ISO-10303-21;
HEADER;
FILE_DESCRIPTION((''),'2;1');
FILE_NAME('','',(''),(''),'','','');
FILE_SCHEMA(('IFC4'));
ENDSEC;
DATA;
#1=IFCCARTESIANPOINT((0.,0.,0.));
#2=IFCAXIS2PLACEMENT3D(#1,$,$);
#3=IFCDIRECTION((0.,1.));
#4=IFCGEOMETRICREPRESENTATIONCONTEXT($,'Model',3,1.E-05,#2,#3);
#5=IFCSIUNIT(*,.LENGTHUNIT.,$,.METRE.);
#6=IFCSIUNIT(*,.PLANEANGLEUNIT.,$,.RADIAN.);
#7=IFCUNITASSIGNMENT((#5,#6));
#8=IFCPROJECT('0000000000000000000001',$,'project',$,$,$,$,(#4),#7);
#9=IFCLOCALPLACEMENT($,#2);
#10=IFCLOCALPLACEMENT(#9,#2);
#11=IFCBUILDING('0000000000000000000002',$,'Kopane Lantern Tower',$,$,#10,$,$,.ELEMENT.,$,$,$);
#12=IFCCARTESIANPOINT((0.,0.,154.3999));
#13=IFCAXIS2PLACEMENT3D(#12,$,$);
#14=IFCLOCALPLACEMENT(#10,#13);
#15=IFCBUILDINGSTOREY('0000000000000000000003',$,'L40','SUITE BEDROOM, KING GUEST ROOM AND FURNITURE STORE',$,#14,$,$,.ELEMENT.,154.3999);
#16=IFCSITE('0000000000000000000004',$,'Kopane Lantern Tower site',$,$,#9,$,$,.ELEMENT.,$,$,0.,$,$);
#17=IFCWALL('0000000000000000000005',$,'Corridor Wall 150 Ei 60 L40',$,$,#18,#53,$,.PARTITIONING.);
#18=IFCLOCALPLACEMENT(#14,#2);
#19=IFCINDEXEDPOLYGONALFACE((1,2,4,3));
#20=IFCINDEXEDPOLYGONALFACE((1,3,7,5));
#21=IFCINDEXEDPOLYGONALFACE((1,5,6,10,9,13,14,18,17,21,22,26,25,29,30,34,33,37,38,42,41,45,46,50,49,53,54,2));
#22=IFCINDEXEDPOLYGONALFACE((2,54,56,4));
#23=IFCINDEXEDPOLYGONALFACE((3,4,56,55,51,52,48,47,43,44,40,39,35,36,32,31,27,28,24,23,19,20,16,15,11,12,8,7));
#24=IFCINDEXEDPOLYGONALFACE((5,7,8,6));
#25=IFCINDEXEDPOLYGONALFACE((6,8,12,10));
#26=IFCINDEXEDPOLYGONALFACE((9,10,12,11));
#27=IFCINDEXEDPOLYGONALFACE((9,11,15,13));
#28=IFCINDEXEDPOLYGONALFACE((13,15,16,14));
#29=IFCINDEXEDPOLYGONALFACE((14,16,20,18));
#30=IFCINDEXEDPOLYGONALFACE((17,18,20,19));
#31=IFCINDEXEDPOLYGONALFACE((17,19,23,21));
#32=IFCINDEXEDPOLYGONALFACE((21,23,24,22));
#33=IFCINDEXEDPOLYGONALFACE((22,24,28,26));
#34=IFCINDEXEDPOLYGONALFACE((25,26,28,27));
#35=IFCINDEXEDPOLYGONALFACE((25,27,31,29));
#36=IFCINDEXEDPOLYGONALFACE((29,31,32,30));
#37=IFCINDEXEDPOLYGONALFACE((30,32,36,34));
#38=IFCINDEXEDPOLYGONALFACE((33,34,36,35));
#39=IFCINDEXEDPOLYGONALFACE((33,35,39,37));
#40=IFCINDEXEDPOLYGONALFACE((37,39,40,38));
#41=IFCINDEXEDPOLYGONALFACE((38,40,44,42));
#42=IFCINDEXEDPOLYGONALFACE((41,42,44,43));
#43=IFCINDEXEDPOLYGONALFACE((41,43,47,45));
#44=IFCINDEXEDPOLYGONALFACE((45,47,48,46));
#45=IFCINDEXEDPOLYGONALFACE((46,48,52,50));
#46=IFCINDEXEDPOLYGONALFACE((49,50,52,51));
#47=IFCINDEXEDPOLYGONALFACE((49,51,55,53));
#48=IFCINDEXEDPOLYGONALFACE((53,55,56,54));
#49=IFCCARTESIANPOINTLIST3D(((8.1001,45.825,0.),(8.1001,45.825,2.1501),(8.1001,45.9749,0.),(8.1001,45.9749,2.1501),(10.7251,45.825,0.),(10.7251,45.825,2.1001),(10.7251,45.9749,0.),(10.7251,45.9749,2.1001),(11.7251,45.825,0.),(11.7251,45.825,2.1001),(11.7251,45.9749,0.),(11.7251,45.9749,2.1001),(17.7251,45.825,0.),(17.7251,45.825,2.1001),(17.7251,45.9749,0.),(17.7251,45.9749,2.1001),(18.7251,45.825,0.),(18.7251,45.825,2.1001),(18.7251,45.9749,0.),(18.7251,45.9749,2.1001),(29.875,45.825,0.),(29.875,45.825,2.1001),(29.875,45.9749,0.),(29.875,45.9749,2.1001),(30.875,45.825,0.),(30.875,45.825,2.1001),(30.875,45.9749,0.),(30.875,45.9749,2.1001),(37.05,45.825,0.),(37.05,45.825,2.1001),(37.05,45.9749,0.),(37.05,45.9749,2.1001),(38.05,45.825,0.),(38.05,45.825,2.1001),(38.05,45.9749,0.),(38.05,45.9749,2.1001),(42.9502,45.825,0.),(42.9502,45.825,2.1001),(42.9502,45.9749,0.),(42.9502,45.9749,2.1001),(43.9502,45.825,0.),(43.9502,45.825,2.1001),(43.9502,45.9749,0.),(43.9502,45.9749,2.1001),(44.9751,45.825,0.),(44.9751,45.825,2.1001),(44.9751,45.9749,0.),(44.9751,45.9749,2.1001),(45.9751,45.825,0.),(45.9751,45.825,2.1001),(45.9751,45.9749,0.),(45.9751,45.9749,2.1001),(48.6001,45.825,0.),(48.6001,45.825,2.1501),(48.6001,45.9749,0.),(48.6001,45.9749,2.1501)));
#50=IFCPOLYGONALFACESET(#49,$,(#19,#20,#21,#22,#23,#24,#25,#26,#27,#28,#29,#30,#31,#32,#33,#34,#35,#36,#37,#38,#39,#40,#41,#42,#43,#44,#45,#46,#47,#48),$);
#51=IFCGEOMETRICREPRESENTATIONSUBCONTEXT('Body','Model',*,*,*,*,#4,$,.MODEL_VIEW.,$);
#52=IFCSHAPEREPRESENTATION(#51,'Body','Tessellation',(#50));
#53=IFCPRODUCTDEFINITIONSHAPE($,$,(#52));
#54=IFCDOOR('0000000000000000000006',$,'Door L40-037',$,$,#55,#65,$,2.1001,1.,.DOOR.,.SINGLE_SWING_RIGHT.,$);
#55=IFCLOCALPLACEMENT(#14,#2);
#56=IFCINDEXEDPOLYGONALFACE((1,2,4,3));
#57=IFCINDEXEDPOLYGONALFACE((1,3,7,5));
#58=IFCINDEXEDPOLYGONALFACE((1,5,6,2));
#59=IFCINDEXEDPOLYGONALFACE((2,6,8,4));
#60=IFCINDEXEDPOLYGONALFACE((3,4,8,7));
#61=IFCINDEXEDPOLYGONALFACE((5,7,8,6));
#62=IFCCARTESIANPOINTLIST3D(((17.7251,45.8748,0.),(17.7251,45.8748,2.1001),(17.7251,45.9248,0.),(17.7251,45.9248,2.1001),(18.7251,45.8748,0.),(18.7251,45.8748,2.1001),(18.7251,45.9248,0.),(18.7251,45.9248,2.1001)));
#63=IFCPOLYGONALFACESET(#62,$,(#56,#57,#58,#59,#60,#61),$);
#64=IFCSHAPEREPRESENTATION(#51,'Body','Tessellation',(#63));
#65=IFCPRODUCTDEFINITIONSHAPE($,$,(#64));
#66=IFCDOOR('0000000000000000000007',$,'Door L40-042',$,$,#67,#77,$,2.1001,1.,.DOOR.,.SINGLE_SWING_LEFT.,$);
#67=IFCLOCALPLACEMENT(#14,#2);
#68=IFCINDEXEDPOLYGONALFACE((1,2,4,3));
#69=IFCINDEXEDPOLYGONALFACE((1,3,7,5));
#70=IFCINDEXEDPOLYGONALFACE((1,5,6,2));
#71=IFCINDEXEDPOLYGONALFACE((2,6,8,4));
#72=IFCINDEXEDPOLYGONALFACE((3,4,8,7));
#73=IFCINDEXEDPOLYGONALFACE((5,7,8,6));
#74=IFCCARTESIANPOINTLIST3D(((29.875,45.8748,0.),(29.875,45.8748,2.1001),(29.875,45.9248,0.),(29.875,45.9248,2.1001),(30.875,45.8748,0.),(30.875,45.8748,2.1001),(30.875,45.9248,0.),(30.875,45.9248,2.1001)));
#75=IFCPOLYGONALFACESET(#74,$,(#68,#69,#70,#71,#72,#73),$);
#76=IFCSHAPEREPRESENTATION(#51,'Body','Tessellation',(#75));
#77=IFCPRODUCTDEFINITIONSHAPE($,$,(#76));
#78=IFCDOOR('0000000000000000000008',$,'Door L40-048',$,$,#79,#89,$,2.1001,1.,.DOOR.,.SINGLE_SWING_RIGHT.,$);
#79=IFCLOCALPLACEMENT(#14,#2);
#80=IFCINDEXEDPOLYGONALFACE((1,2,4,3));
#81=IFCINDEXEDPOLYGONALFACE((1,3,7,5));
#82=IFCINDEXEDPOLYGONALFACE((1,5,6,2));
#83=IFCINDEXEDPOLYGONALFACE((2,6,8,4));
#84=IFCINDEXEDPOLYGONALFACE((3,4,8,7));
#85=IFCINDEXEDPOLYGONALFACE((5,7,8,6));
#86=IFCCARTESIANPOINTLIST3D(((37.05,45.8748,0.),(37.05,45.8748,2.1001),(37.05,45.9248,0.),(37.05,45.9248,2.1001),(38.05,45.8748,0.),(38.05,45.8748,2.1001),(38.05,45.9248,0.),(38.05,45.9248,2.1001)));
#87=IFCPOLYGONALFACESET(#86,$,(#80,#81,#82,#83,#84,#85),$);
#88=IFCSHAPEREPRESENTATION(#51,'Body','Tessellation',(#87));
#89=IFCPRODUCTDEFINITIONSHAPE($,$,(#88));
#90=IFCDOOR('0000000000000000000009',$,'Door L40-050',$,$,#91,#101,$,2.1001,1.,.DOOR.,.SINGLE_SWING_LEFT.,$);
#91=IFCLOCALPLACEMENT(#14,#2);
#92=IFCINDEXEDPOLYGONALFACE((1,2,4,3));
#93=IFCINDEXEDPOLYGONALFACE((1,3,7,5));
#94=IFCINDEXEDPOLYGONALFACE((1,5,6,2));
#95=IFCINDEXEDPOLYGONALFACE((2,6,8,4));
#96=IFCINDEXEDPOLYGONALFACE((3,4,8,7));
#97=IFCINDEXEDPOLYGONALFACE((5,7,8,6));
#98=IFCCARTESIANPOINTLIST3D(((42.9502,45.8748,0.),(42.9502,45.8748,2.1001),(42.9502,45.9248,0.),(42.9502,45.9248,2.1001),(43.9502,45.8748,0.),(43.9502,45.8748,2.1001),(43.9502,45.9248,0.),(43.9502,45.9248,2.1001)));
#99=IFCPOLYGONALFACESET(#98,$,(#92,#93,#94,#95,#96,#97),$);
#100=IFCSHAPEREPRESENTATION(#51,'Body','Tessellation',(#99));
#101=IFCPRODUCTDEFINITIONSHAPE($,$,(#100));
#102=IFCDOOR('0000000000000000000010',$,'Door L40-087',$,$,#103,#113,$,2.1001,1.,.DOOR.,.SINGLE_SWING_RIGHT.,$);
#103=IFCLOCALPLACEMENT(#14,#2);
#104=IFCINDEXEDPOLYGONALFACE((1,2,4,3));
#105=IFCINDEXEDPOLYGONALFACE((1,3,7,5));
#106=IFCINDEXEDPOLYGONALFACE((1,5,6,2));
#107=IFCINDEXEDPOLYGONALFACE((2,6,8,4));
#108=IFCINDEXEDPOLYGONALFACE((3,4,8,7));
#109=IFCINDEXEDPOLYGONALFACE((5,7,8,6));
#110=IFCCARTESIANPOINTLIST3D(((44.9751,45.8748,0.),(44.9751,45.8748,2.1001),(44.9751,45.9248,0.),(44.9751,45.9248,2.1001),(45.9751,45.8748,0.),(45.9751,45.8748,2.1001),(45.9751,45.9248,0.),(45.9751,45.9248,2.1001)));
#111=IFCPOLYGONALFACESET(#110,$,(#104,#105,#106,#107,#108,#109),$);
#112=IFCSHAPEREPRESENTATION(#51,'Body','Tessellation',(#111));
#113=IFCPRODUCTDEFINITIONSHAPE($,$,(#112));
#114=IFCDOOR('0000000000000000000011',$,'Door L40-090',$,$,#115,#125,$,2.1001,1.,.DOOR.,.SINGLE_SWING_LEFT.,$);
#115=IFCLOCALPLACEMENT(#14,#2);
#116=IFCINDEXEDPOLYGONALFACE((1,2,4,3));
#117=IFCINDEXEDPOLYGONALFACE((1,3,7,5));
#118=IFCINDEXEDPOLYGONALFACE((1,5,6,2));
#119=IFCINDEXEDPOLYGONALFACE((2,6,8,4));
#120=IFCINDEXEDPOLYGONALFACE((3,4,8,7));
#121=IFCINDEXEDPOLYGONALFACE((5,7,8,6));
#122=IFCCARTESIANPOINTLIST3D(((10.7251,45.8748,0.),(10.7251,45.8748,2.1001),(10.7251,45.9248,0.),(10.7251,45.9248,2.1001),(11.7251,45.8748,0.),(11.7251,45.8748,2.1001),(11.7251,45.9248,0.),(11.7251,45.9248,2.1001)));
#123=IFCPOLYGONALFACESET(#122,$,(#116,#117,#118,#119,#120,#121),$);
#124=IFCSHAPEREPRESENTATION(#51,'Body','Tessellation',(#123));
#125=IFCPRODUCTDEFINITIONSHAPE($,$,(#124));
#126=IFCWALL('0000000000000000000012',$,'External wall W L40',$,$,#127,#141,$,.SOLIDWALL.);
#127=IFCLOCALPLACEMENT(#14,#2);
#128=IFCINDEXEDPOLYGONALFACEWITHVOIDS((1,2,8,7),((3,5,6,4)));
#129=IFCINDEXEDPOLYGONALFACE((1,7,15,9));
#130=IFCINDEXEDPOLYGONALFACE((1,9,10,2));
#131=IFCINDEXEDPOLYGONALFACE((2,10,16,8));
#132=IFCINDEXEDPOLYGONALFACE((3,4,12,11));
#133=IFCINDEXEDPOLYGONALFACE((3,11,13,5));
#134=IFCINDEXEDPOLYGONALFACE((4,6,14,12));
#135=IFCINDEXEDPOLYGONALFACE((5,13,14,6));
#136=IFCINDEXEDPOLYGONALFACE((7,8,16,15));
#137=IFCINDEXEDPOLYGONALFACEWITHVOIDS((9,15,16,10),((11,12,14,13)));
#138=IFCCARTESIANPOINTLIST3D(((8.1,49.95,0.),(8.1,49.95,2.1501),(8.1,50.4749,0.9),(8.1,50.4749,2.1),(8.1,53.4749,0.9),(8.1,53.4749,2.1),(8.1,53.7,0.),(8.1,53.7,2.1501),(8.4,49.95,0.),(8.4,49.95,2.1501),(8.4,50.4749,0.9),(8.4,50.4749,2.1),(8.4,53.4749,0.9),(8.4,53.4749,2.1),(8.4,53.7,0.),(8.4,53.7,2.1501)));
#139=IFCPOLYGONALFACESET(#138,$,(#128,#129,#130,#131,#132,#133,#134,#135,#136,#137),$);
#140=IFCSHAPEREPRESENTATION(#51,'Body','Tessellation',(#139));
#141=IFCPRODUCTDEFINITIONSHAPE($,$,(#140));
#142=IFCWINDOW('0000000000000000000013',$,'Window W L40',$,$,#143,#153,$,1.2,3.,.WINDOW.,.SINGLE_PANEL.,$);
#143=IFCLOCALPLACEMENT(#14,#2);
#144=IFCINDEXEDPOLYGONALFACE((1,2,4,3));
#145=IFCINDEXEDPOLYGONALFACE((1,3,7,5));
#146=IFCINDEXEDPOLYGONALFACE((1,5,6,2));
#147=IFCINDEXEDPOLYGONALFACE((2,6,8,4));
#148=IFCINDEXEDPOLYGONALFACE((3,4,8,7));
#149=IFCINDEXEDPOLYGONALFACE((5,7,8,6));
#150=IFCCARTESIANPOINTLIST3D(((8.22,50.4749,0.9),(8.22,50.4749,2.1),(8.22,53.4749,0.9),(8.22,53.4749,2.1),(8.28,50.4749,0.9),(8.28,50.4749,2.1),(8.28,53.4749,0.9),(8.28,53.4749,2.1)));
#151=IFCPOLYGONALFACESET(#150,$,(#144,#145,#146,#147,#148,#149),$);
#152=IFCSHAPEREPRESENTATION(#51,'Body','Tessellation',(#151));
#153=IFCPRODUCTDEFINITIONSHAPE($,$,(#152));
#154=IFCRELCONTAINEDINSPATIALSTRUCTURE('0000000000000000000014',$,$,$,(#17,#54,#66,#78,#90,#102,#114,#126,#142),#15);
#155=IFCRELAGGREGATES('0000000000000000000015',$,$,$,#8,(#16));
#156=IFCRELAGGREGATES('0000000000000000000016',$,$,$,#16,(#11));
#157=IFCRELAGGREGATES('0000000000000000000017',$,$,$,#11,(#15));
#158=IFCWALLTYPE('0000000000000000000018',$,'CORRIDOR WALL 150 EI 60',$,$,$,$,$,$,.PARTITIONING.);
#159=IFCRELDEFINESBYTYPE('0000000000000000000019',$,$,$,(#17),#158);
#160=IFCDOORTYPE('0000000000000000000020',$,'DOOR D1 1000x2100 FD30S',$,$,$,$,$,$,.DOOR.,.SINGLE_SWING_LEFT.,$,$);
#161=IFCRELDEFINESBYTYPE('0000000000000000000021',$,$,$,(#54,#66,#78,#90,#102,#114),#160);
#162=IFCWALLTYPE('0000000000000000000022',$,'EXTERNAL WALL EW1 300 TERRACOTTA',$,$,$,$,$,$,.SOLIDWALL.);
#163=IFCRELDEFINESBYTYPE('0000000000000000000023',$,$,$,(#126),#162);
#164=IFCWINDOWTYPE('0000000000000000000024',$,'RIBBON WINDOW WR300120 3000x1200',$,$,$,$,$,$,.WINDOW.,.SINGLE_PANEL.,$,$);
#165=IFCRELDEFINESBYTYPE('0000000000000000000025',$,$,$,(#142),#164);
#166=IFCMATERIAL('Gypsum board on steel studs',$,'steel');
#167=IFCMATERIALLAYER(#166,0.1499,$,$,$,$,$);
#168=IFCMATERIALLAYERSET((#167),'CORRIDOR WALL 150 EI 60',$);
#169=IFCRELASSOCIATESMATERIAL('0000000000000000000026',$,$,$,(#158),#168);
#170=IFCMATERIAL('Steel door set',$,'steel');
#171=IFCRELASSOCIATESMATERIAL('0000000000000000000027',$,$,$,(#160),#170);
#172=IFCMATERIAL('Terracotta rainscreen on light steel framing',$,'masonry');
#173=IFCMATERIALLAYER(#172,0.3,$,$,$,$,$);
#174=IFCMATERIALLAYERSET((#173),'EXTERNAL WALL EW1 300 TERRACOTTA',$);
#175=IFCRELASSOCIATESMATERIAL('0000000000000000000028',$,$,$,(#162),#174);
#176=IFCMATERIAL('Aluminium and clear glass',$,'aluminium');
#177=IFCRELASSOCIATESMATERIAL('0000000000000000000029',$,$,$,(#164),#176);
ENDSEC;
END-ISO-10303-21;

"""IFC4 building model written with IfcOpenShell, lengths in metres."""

from ifc_helpers import new_model, si_unit, direction, frame, frame_2d, origin, place, context, subcontext, project, spatial, rectangle, extrude, material, layer, layer_set, type_object, element, fill, save


model = new_model("IFC4")

# Units and contexts
model_context = context("Model", 3, precision=1e-05, world=origin(), true_north=direction((0.0, 1.0)))
body_context = subcontext(model_context, "Body", "Model", "MODEL_VIEW")
ifc_project = project(units=[si_unit("LENGTHUNIT", "METRE"), si_unit("PLANEANGLEUNIT", "RADIAN")], contexts=[model_context])

# Site, building, storey
site_placement = place(None, origin())
site = spatial("IfcSite", under=ifc_project, at=site_placement, Name="Kopane Lantern Tower site", CompositionType="ELEMENT", RefElevation=0.0)
building_placement = place(site_placement, origin())
building = spatial("IfcBuilding", under=site, at=building_placement, Name="Kopane Lantern Tower", CompositionType="ELEMENT")
storey_placement = place(building_placement, frame((0.0, 0.0, 154.3999)))
storey = spatial("IfcBuildingStorey", under=building, at=storey_placement, Name="L40", Description="SUITE BEDROOM, KING GUEST ROOM AND FURNITURE STORE", CompositionType="ELEMENT", Elevation=154.3999)

# Wall, openings, doors
ifc_material_1 = material(Name="Gypsum board on steel studs", Category="steel")
ifc_layer_1 = layer(ifc_material_1, 0.1499)
ifc_layer_set_1 = layer_set([ifc_layer_1], Name="CORRIDOR WALL 150 EI 60")
wall_type_1 = type_object("IfcWallType", Name="CORRIDOR WALL 150 EI 60", PredefinedType="PARTITIONING", material=ifc_layer_set_1)
wall_1_placement = place(storey_placement, frame((8.1001, 45.8999, 0.0), z_axis=(0.0, 0.0, 1.0), x_axis=(1.0, 0.0, 0.0)))
wall_1 = element("IfcWall", 1, at=wall_1_placement, inside=storey, type_object=wall_type_1, Name="Corridor Wall 150 Ei 60 L40", PredefinedType="PARTITIONING", context=body_context, shape_type="SweptSolid", body=[
    extrude(rectangle(XDim=40.5, YDim=0.1499, at=frame_2d((20.25, 0.0))), origin(), (0.0, 0.0, 1.0), 2.1501),
])
opening_1_placement = place(wall_1_placement, frame((9.625, 0.0, 0.0)))
opening_1 = element("IfcOpeningElement", 2, at=opening_1_placement, cuts=wall_1, PredefinedType="OPENING", context=body_context, shape_type="SweptSolid", body=[
    extrude(rectangle(XDim=1.0, YDim=2.1001, at=frame_2d((0.5, 1.05))), frame((0.0, 0.085, 0.0), z_axis=(0.0, -1.0, 0.0), x_axis=(1.0, 0.0, 0.0)), (0.0, 0.0, 1.0), 0.1699),
])
opening_2_placement = place(wall_1_placement, frame((21.7749, 0.0, 0.0)))
opening_2 = element("IfcOpeningElement", 3, at=opening_2_placement, cuts=wall_1, PredefinedType="OPENING", context=body_context, shape_type="SweptSolid", body=[
    extrude(rectangle(XDim=1.0, YDim=2.1001, at=frame_2d((0.5, 1.05))), frame((0.0, 0.085, 0.0), z_axis=(0.0, -1.0, 0.0), x_axis=(1.0, 0.0, 0.0)), (0.0, 0.0, 1.0), 0.1699),
])
opening_3_placement = place(wall_1_placement, frame((28.95, 0.0, 0.0)))
opening_3 = element("IfcOpeningElement", 4, at=opening_3_placement, cuts=wall_1, PredefinedType="OPENING", context=body_context, shape_type="SweptSolid", body=[
    extrude(rectangle(XDim=1.0, YDim=2.1001, at=frame_2d((0.5, 1.05))), frame((0.0, 0.085, 0.0), z_axis=(0.0, -1.0, 0.0), x_axis=(1.0, 0.0, 0.0)), (0.0, 0.0, 1.0), 0.1699),
])
opening_4_placement = place(wall_1_placement, frame((34.8501, 0.0, 0.0)))
opening_4 = element("IfcOpeningElement", 5, at=opening_4_placement, cuts=wall_1, PredefinedType="OPENING", context=body_context, shape_type="SweptSolid", body=[
    extrude(rectangle(XDim=1.0, YDim=2.1001, at=frame_2d((0.5, 1.05))), frame((0.0, 0.085, 0.0), z_axis=(0.0, -1.0, 0.0), x_axis=(1.0, 0.0, 0.0)), (0.0, 0.0, 1.0), 0.1699),
])
opening_5_placement = place(wall_1_placement, frame((36.875, 0.0, 0.0)))
opening_5 = element("IfcOpeningElement", 6, at=opening_5_placement, cuts=wall_1, PredefinedType="OPENING", context=body_context, shape_type="SweptSolid", body=[
    extrude(rectangle(XDim=1.0, YDim=2.1001, at=frame_2d((0.5, 1.05))), frame((0.0, 0.085, 0.0), z_axis=(0.0, -1.0, 0.0), x_axis=(1.0, 0.0, 0.0)), (0.0, 0.0, 1.0), 0.1699),
])
opening_6_placement = place(wall_1_placement, frame((2.625, 0.0, 0.0)))
opening_6 = element("IfcOpeningElement", 7, at=opening_6_placement, cuts=wall_1, PredefinedType="OPENING", context=body_context, shape_type="SweptSolid", body=[
    extrude(rectangle(XDim=1.0, YDim=2.1001, at=frame_2d((0.5, 1.05))), frame((0.0, 0.085, 0.0), z_axis=(0.0, -1.0, 0.0), x_axis=(1.0, 0.0, 0.0)), (0.0, 0.0, 1.0), 0.1699),
])
ifc_material_2 = material(Name="Steel door set", Category="steel")
door_type_1 = type_object("IfcDoorType", Name="DOOR D1 1000x2100 FD30S", OperationType="SINGLE_SWING_LEFT", PredefinedType="DOOR", material=ifc_material_2)
door_1_placement = place(opening_1_placement, origin())
door_1 = element("IfcDoor", 8, at=door_1_placement, inside=storey, type_object=door_type_1, Name="Door L40-037", OperationType="SINGLE_SWING_RIGHT", OverallHeight=2.1001, OverallWidth=1.0, PredefinedType="DOOR", context=body_context, shape_type="SweptSolid", body=[
    extrude(rectangle(XDim=1.0, YDim=2.1001, at=frame_2d((0.5, 1.05))), frame((0.0, 0.0249, 0.0), z_axis=(0.0, -1.0, 0.0), x_axis=(1.0, 0.0, 0.0)), (0.0, 0.0, 1.0), 0.05),
])
fill(opening_1, door_1)
door_2_placement = place(opening_2_placement, origin())
door_2 = element("IfcDoor", 9, at=door_2_placement, inside=storey, type_object=door_type_1, Name="Door L40-042", OperationType="SINGLE_SWING_LEFT", OverallHeight=2.1001, OverallWidth=1.0, PredefinedType="DOOR", context=body_context, shape_type="SweptSolid", body=[
    extrude(rectangle(XDim=1.0, YDim=2.1001, at=frame_2d((0.5, 1.05))), frame((0.0, 0.0249, 0.0), z_axis=(0.0, -1.0, 0.0), x_axis=(1.0, 0.0, 0.0)), (0.0, 0.0, 1.0), 0.05),
])
fill(opening_2, door_2)
door_3_placement = place(opening_3_placement, origin())
door_3 = element("IfcDoor", 10, at=door_3_placement, inside=storey, type_object=door_type_1, Name="Door L40-048", OperationType="SINGLE_SWING_RIGHT", OverallHeight=2.1001, OverallWidth=1.0, PredefinedType="DOOR", context=body_context, shape_type="SweptSolid", body=[
    extrude(rectangle(XDim=1.0, YDim=2.1001, at=frame_2d((0.5, 1.05))), frame((0.0, 0.0249, 0.0), z_axis=(0.0, -1.0, 0.0), x_axis=(1.0, 0.0, 0.0)), (0.0, 0.0, 1.0), 0.05),
])
fill(opening_3, door_3)
door_4_placement = place(opening_4_placement, origin())
door_4 = element("IfcDoor", 11, at=door_4_placement, inside=storey, type_object=door_type_1, Name="Door L40-050", OperationType="SINGLE_SWING_LEFT", OverallHeight=2.1001, OverallWidth=1.0, PredefinedType="DOOR", context=body_context, shape_type="SweptSolid", body=[
    extrude(rectangle(XDim=1.0, YDim=2.1001, at=frame_2d((0.5, 1.05))), frame((0.0, 0.0249, 0.0), z_axis=(0.0, -1.0, 0.0), x_axis=(1.0, 0.0, 0.0)), (0.0, 0.0, 1.0), 0.05),
])
fill(opening_4, door_4)
door_5_placement = place(opening_5_placement, origin())
door_5 = element("IfcDoor", 12, at=door_5_placement, inside=storey, type_object=door_type_1, Name="Door L40-087", OperationType="SINGLE_SWING_RIGHT", OverallHeight=2.1001, OverallWidth=1.0, PredefinedType="DOOR", context=body_context, shape_type="SweptSolid", body=[
    extrude(rectangle(XDim=1.0, YDim=2.1001, at=frame_2d((0.5, 1.05))), frame((0.0, 0.0249, 0.0), z_axis=(0.0, -1.0, 0.0), x_axis=(1.0, 0.0, 0.0)), (0.0, 0.0, 1.0), 0.05),
])
fill(opening_5, door_5)
door_6_placement = place(opening_6_placement, origin())
door_6 = element("IfcDoor", 13, at=door_6_placement, inside=storey, type_object=door_type_1, Name="Door L40-090", OperationType="SINGLE_SWING_LEFT", OverallHeight=2.1001, OverallWidth=1.0, PredefinedType="DOOR", context=body_context, shape_type="SweptSolid", body=[
    extrude(rectangle(XDim=1.0, YDim=2.1001, at=frame_2d((0.5, 1.05))), frame((0.0, 0.0249, 0.0), z_axis=(0.0, -1.0, 0.0), x_axis=(1.0, 0.0, 0.0)), (0.0, 0.0, 1.0), 0.05),
])
fill(opening_6, door_6)

# Wall, opening, window
ifc_material_3 = material(Name="Terracotta rainscreen on light steel framing", Category="masonry")
ifc_layer_2 = layer(ifc_material_3, 0.3)
ifc_layer_set_2 = layer_set([ifc_layer_2], Name="EXTERNAL WALL EW1 300 TERRACOTTA")
wall_type_2 = type_object("IfcWallType", Name="EXTERNAL WALL EW1 300 TERRACOTTA", PredefinedType="SOLIDWALL", material=ifc_layer_set_2)
wall_2_placement = place(storey_placement, frame((8.25, 53.7, 0.0), z_axis=(0.0, 0.0, 1.0), x_axis=(0.0, -1.0, 0.0)))
wall_2 = element("IfcWall", 14, at=wall_2_placement, inside=storey, type_object=wall_type_2, Name="External wall W L40", PredefinedType="SOLIDWALL", context=body_context, shape_type="SweptSolid", body=[
    extrude(rectangle(XDim=3.75, YDim=0.3, at=frame_2d((1.875, 0.0))), origin(), (0.0, 0.0, 1.0), 2.1501),
])
opening_7_placement = place(wall_2_placement, frame((0.2251, 0.0, 0.8999)))
opening_7 = element("IfcOpeningElement", 15, at=opening_7_placement, cuts=wall_2, PredefinedType="OPENING", context=body_context, shape_type="SweptSolid", body=[
    extrude(rectangle(XDim=3.0, YDim=1.2, at=frame_2d((1.5, 0.6001))), frame((0.0, 0.1599, 0.0), z_axis=(0.0, -1.0, 0.0), x_axis=(1.0, 0.0, 0.0)), (0.0, 0.0, 1.0), 0.3201),
])
ifc_material_4 = material(Name="Aluminium and clear glass", Category="aluminium")
window_type = type_object("IfcWindowType", Name="RIBBON WINDOW WR300120 3000x1200", PartitioningType="SINGLE_PANEL", PredefinedType="WINDOW", material=ifc_material_4)
window_1_placement = place(opening_7_placement, origin())
window_1 = element("IfcWindow", 16, at=window_1_placement, inside=storey, type_object=window_type, Name="Window W L40", OverallHeight=1.2, OverallWidth=3.0, PartitioningType="SINGLE_PANEL", PredefinedType="WINDOW", context=body_context, shape_type="SweptSolid", body=[
    extrude(rectangle(XDim=3.0, YDim=1.2, at=frame_2d((1.5, 0.6001))), frame((0.0, 0.03, 0.0), z_axis=(0.0, -1.0, 0.0), x_axis=(1.0, 0.0, 0.0)), (0.0, 0.0, 1.0), 0.0601),
])
fill(opening_7, window_1)

save(model, "model.ifc")
